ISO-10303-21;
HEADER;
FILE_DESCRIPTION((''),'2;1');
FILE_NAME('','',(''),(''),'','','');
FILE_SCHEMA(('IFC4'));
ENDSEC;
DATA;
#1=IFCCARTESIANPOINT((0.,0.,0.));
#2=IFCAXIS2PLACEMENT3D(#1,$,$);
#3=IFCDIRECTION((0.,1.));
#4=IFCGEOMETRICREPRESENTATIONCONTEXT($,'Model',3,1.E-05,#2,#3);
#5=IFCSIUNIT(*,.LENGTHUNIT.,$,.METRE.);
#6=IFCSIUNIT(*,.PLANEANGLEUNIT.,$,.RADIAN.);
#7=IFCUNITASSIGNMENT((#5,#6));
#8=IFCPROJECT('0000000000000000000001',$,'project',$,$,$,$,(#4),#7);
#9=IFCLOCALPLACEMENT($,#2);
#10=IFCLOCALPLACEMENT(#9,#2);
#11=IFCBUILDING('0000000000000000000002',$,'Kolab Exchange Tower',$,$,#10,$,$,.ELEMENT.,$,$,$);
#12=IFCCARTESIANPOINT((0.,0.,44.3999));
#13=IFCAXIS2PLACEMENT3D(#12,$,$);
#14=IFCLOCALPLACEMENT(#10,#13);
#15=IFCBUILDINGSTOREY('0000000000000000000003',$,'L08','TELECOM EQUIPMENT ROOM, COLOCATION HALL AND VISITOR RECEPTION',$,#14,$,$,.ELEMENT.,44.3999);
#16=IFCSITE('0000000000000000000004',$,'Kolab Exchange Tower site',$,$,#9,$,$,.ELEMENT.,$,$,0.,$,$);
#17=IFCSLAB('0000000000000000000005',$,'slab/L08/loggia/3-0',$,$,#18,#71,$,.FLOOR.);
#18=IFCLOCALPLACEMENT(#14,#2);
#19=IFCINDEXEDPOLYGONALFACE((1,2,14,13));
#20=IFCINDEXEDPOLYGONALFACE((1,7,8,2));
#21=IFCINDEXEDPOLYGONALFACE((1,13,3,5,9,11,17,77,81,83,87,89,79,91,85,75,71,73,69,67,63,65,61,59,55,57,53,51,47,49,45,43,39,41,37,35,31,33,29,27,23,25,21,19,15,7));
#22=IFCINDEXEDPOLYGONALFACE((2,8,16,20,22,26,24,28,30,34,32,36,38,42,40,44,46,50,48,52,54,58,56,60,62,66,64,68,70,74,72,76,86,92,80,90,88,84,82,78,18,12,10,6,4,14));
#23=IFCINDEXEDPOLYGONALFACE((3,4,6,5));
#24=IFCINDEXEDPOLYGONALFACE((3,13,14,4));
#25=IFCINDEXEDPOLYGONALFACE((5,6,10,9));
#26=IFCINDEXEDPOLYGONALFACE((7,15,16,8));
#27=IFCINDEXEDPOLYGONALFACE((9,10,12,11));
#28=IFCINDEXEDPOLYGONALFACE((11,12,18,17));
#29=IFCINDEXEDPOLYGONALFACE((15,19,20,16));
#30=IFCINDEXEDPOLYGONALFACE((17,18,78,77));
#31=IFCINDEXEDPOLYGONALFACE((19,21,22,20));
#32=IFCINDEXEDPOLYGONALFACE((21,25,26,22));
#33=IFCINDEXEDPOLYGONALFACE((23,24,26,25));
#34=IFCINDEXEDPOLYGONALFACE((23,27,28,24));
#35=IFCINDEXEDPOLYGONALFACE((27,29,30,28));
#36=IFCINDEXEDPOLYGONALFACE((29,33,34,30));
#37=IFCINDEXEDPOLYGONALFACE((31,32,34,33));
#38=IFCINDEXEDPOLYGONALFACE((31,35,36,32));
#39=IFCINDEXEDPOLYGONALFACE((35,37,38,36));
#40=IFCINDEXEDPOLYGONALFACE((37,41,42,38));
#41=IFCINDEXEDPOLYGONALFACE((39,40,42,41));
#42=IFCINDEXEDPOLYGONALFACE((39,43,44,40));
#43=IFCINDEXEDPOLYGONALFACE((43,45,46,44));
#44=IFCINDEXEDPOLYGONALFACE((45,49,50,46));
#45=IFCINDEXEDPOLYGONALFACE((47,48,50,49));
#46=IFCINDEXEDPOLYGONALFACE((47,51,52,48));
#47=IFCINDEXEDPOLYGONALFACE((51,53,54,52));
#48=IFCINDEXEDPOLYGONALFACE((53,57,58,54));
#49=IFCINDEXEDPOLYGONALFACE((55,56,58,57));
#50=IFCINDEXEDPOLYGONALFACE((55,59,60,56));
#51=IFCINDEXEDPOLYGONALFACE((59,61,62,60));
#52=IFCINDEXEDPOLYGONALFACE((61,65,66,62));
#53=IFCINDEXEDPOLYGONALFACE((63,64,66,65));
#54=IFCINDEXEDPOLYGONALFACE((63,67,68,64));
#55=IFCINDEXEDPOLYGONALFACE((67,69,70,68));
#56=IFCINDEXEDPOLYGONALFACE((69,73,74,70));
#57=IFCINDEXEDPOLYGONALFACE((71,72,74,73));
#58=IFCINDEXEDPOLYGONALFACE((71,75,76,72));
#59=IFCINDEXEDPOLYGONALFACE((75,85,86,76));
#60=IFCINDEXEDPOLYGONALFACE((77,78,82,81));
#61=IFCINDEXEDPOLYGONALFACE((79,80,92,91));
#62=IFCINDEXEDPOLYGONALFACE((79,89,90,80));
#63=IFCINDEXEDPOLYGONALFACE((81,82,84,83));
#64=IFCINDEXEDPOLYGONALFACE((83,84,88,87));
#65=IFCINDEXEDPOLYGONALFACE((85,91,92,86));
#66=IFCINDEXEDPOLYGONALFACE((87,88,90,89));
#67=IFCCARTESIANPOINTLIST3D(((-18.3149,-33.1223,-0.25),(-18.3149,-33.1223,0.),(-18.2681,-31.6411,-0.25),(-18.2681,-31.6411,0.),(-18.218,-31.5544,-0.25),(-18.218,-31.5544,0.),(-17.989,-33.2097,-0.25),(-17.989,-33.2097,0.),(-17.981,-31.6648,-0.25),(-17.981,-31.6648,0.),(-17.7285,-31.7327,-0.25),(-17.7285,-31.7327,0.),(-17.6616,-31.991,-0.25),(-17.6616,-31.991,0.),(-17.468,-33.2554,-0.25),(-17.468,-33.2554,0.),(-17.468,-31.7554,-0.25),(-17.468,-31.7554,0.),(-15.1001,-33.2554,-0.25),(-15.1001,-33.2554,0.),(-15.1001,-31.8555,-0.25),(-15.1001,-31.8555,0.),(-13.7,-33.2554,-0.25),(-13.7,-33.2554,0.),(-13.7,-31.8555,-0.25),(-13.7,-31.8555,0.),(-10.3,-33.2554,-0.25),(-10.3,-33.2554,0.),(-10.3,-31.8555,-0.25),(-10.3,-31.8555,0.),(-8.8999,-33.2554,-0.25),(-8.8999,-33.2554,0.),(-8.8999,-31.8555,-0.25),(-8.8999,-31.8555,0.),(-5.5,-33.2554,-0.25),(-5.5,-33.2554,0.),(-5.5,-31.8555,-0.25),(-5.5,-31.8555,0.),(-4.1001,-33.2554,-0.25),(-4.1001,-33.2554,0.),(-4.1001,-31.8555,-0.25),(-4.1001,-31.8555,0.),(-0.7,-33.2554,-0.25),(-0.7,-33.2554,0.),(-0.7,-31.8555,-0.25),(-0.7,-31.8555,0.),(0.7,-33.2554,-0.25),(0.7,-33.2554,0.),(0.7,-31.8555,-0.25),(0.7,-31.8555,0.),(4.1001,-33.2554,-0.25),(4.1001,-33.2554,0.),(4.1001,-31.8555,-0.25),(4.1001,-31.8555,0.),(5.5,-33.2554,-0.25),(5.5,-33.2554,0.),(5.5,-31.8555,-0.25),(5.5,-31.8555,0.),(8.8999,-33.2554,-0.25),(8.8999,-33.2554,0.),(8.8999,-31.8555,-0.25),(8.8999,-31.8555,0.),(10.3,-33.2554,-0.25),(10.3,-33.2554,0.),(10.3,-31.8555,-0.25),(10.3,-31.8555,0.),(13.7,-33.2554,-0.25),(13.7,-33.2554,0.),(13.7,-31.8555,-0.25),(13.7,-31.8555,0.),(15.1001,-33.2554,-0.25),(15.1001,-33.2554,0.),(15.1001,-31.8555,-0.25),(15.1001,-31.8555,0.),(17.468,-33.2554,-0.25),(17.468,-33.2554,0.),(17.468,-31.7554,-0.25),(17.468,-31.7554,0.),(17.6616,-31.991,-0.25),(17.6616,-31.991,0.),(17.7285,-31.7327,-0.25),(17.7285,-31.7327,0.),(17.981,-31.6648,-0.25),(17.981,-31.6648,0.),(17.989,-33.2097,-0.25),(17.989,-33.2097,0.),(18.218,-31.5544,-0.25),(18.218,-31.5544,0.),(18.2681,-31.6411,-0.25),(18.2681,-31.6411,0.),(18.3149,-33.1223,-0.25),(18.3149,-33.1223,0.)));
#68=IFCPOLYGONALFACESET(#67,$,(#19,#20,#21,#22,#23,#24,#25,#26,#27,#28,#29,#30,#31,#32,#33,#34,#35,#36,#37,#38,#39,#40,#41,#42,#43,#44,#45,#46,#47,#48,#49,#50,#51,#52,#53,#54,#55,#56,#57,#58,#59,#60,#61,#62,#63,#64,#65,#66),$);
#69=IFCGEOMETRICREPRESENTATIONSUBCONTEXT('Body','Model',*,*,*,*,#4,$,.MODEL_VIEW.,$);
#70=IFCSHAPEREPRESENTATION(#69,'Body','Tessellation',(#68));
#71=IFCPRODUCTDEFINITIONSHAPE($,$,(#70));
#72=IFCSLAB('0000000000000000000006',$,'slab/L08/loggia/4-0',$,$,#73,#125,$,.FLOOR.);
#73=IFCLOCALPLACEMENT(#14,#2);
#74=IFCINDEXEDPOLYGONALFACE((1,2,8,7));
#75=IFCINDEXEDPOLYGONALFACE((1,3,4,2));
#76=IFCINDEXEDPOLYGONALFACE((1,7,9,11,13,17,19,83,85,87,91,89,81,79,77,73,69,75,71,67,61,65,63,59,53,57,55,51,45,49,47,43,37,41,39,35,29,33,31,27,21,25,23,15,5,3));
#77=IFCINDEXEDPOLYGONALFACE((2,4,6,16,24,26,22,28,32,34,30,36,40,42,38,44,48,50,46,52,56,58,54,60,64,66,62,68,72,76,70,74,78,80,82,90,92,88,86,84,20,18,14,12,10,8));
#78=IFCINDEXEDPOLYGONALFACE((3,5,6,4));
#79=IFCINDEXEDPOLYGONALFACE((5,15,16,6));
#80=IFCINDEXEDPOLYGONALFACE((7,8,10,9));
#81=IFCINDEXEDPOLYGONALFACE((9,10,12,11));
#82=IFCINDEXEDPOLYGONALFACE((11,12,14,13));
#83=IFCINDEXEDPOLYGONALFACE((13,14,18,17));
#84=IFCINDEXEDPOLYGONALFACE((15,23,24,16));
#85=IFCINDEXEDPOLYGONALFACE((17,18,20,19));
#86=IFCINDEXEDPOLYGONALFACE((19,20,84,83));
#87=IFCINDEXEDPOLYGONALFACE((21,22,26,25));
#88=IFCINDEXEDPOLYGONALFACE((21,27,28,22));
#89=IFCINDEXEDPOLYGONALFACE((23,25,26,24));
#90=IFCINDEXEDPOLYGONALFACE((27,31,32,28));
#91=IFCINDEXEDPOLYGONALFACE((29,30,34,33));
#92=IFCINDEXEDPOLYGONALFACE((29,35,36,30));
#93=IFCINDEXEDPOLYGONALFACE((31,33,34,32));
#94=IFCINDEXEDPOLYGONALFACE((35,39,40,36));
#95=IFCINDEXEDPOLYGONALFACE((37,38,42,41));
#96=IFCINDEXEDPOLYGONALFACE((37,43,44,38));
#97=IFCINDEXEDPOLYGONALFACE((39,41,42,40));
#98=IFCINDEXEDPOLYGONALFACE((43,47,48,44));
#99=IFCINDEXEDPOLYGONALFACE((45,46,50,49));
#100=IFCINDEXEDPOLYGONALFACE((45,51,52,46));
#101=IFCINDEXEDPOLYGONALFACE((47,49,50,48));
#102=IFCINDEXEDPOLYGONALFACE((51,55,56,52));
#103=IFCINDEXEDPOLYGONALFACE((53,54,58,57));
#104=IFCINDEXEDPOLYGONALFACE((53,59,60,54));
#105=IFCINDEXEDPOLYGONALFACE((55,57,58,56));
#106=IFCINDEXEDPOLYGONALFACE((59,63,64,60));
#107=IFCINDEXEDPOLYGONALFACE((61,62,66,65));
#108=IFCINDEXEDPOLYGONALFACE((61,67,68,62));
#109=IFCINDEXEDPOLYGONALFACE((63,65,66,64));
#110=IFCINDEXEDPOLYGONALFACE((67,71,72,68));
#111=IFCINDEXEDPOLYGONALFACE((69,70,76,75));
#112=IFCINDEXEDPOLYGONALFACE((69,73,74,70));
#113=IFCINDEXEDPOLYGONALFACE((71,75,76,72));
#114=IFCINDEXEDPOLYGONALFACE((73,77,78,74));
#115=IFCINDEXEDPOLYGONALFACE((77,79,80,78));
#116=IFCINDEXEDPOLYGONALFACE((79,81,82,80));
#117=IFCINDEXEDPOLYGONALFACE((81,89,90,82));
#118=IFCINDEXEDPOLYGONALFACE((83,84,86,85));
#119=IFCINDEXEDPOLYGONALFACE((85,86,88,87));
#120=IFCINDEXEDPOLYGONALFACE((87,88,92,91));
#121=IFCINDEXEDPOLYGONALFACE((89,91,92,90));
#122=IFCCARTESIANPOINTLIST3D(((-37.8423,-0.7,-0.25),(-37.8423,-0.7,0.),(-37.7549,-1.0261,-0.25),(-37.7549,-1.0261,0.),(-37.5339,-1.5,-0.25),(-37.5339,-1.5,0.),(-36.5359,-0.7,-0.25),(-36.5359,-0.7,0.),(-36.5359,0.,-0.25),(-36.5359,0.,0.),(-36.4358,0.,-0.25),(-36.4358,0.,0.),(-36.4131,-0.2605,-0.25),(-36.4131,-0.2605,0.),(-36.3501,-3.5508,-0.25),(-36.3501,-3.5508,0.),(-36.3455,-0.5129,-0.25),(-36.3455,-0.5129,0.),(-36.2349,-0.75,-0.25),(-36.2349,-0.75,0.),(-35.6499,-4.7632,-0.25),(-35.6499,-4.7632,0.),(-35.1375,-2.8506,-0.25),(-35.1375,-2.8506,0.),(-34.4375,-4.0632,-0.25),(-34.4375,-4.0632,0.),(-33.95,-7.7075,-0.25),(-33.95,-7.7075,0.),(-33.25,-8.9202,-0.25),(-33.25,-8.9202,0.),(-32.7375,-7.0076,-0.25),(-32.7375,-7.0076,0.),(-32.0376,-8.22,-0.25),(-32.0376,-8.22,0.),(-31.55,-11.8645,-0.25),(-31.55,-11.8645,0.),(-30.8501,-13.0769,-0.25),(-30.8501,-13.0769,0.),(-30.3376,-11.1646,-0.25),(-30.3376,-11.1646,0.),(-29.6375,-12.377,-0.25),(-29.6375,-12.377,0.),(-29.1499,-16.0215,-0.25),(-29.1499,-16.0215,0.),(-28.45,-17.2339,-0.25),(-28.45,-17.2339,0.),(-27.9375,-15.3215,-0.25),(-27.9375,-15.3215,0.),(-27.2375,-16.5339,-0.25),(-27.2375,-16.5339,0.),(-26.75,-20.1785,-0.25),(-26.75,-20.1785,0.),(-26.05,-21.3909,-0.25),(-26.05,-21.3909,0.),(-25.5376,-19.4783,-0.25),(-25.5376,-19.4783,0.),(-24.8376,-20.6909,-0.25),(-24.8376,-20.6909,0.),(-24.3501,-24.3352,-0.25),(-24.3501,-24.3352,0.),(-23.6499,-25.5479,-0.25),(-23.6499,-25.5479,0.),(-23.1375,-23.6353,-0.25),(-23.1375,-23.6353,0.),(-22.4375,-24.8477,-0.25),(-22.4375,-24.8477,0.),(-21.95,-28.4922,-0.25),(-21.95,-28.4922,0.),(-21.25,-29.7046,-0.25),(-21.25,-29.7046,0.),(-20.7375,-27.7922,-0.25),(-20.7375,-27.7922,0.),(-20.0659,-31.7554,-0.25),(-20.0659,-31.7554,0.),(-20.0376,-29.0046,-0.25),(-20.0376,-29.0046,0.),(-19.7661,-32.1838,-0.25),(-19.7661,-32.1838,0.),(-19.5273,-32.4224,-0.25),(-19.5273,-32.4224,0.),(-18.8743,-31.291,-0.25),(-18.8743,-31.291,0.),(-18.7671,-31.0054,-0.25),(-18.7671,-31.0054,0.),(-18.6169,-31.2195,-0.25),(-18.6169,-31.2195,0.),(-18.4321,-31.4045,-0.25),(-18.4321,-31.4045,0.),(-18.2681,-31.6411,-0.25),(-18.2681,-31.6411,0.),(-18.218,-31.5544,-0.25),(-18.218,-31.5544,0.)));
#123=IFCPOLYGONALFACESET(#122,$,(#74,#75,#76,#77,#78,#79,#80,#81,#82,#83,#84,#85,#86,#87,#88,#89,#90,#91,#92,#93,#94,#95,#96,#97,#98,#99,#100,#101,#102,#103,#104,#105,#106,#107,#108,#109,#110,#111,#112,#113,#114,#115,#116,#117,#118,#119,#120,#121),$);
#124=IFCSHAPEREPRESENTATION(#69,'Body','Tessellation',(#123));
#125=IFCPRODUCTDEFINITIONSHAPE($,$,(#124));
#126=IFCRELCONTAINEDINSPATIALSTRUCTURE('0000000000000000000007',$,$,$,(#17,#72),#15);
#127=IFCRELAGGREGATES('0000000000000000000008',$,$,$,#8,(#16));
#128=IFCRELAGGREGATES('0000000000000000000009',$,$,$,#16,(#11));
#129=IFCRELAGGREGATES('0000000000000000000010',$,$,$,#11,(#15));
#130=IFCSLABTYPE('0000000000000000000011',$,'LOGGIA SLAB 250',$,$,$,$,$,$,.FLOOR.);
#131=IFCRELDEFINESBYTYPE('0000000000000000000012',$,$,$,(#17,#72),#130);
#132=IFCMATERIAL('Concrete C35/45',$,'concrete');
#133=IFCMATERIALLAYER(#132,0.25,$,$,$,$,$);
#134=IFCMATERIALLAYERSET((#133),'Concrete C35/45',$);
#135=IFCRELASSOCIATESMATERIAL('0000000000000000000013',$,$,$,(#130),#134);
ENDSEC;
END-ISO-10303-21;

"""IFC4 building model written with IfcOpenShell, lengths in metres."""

from ifc_helpers import new_model, si_unit, direction, frame, origin, place, context, subcontext, project, spatial, polyline, outline, extrude, material, layer, layer_set, type_object, element, save


model = new_model("IFC4")

# Units and contexts
model_context = context("Model", 3, precision=1e-05, world=origin(), true_north=direction((0.0, 1.0)))
body_context = subcontext(model_context, "Body", "Model", "MODEL_VIEW")
ifc_project = project(units=[si_unit("LENGTHUNIT", "METRE"), si_unit("PLANEANGLEUNIT", "RADIAN")], contexts=[model_context])

# Site, building, storey
site_placement = place(None, origin())
site = spatial("IfcSite", under=ifc_project, at=site_placement, Name="Kolab Exchange Tower site", CompositionType="ELEMENT", RefElevation=0.0)
building_placement = place(site_placement, origin())
building = spatial("IfcBuilding", under=site, at=building_placement, Name="Kolab Exchange Tower", CompositionType="ELEMENT")
storey_placement = place(building_placement, frame((0.0, 0.0, 44.3999)))
storey = spatial("IfcBuildingStorey", under=building, at=storey_placement, Name="L08", Description="TELECOM EQUIPMENT ROOM, COLOCATION HALL AND VISITOR RECEPTION", CompositionType="ELEMENT", Elevation=44.3999)

# Slabs
ifc_material = material(Name="Concrete C35/45", Category="concrete")
ifc_layer_1 = layer(ifc_material, 0.25)
ifc_layer_set_1 = layer_set([ifc_layer_1], Name="Concrete C35/45")
slab_type_1 = type_object("IfcSlabType", Name="LOGGIA SLAB 250", PredefinedType="FLOOR", material=ifc_layer_set_1)
slab_1_placement = place(storey_placement, frame((0.0, 0.0, -0.25)))
element("IfcSlab", 1, at=slab_1_placement, inside=storey, type_object=slab_type_1, Name="slab/L08/loggia/3-0", PredefinedType="FLOOR", context=body_context, shape_type="SweptSolid", body=[
    extrude(outline(polyline([(-18.218, -31.5544), (-18.2681, -31.6411), (-17.6616, -31.991), (-18.3149, -33.1223), (-17.989, -33.2097), (-17.468, -33.2554), (-15.1001, -33.2554), (-15.1001, -31.8555), (-13.7, -31.8555), (-13.7, -33.2554), (-10.3, -33.2554), (-10.3, -31.8555), (-8.8999, -31.8555), (-8.8999, -33.2554), (-5.5, -33.2554), (-5.5, -31.8555), (-4.1001, -31.8555), (-4.1001, -33.2554), (-0.7, -33.2554), (-0.7, -31.8555), (0.7, -31.8555), (0.7, -33.2554), (4.1001, -33.2554), (4.1001, -31.8555), (5.5, -31.8555), (5.5, -33.2554), (8.8999, -33.2554), (8.8999, -31.8555), (10.3, -31.8555), (10.3, -33.2554), (13.7, -33.2554), (13.7, -31.8555), (15.1001, -31.8555), (15.1001, -33.2554), (17.468, -33.2554), (17.989, -33.2097), (18.3149, -33.1223), (17.6616, -31.991), (18.2681, -31.6411), (18.218, -31.5544), (17.981, -31.6648), (17.7285, -31.7327), (17.468, -31.7554), (-17.468, -31.7554), (-17.7285, -31.7327), (-17.981, -31.6648), (-18.218, -31.5544)])), origin(), (0.0, 0.0, 1.0), 0.25),
])
slab_2_placement = place(storey_placement, frame((0.0, 0.0, -0.25)))
element("IfcSlab", 2, at=slab_2_placement, inside=storey, type_object=slab_type_1, Name="slab/L08/loggia/4-0", PredefinedType="FLOOR", context=body_context, shape_type="SweptSolid", body=[
    extrude(outline(polyline([(-36.4358, 0.0), (-36.5359, 0.0), (-36.5359, -0.7), (-37.8423, -0.7), (-37.7549, -1.0261), (-37.5339, -1.5), (-36.3501, -3.5508), (-35.1375, -2.8506), (-34.4375, -4.0632), (-35.6499, -4.7632), (-33.95, -7.7075), (-32.7375, -7.0076), (-32.0376, -8.22), (-33.25, -8.9202), (-31.55, -11.8645), (-30.3376, -11.1646), (-29.6375, -12.377), (-30.8501, -13.0769), (-29.1499, -16.0215), (-27.9375, -15.3215), (-27.2375, -16.5339), (-28.45, -17.2339), (-26.75, -20.1785), (-25.5376, -19.4783), (-24.8376, -20.6909), (-26.05, -21.3909), (-24.3501, -24.3352), (-23.1375, -23.6353), (-22.4375, -24.8477), (-23.6499, -25.5479), (-21.95, -28.4922), (-20.7375, -27.7922), (-20.0376, -29.0046), (-21.25, -29.7046), (-20.0659, -31.7554), (-19.7661, -32.1838), (-19.5273, -32.4224), (-18.8743, -31.291), (-18.2681, -31.6411), (-18.218, -31.5544), (-18.4321, -31.4045), (-18.6169, -31.2195), (-18.7671, -31.0054), (-36.2349, -0.75), (-36.3455, -0.5129), (-36.4131, -0.2605), (-36.4358, 0.0)])), origin(), (0.0, 0.0, 1.0), 0.25),
])

save(model, "model.ifc")
